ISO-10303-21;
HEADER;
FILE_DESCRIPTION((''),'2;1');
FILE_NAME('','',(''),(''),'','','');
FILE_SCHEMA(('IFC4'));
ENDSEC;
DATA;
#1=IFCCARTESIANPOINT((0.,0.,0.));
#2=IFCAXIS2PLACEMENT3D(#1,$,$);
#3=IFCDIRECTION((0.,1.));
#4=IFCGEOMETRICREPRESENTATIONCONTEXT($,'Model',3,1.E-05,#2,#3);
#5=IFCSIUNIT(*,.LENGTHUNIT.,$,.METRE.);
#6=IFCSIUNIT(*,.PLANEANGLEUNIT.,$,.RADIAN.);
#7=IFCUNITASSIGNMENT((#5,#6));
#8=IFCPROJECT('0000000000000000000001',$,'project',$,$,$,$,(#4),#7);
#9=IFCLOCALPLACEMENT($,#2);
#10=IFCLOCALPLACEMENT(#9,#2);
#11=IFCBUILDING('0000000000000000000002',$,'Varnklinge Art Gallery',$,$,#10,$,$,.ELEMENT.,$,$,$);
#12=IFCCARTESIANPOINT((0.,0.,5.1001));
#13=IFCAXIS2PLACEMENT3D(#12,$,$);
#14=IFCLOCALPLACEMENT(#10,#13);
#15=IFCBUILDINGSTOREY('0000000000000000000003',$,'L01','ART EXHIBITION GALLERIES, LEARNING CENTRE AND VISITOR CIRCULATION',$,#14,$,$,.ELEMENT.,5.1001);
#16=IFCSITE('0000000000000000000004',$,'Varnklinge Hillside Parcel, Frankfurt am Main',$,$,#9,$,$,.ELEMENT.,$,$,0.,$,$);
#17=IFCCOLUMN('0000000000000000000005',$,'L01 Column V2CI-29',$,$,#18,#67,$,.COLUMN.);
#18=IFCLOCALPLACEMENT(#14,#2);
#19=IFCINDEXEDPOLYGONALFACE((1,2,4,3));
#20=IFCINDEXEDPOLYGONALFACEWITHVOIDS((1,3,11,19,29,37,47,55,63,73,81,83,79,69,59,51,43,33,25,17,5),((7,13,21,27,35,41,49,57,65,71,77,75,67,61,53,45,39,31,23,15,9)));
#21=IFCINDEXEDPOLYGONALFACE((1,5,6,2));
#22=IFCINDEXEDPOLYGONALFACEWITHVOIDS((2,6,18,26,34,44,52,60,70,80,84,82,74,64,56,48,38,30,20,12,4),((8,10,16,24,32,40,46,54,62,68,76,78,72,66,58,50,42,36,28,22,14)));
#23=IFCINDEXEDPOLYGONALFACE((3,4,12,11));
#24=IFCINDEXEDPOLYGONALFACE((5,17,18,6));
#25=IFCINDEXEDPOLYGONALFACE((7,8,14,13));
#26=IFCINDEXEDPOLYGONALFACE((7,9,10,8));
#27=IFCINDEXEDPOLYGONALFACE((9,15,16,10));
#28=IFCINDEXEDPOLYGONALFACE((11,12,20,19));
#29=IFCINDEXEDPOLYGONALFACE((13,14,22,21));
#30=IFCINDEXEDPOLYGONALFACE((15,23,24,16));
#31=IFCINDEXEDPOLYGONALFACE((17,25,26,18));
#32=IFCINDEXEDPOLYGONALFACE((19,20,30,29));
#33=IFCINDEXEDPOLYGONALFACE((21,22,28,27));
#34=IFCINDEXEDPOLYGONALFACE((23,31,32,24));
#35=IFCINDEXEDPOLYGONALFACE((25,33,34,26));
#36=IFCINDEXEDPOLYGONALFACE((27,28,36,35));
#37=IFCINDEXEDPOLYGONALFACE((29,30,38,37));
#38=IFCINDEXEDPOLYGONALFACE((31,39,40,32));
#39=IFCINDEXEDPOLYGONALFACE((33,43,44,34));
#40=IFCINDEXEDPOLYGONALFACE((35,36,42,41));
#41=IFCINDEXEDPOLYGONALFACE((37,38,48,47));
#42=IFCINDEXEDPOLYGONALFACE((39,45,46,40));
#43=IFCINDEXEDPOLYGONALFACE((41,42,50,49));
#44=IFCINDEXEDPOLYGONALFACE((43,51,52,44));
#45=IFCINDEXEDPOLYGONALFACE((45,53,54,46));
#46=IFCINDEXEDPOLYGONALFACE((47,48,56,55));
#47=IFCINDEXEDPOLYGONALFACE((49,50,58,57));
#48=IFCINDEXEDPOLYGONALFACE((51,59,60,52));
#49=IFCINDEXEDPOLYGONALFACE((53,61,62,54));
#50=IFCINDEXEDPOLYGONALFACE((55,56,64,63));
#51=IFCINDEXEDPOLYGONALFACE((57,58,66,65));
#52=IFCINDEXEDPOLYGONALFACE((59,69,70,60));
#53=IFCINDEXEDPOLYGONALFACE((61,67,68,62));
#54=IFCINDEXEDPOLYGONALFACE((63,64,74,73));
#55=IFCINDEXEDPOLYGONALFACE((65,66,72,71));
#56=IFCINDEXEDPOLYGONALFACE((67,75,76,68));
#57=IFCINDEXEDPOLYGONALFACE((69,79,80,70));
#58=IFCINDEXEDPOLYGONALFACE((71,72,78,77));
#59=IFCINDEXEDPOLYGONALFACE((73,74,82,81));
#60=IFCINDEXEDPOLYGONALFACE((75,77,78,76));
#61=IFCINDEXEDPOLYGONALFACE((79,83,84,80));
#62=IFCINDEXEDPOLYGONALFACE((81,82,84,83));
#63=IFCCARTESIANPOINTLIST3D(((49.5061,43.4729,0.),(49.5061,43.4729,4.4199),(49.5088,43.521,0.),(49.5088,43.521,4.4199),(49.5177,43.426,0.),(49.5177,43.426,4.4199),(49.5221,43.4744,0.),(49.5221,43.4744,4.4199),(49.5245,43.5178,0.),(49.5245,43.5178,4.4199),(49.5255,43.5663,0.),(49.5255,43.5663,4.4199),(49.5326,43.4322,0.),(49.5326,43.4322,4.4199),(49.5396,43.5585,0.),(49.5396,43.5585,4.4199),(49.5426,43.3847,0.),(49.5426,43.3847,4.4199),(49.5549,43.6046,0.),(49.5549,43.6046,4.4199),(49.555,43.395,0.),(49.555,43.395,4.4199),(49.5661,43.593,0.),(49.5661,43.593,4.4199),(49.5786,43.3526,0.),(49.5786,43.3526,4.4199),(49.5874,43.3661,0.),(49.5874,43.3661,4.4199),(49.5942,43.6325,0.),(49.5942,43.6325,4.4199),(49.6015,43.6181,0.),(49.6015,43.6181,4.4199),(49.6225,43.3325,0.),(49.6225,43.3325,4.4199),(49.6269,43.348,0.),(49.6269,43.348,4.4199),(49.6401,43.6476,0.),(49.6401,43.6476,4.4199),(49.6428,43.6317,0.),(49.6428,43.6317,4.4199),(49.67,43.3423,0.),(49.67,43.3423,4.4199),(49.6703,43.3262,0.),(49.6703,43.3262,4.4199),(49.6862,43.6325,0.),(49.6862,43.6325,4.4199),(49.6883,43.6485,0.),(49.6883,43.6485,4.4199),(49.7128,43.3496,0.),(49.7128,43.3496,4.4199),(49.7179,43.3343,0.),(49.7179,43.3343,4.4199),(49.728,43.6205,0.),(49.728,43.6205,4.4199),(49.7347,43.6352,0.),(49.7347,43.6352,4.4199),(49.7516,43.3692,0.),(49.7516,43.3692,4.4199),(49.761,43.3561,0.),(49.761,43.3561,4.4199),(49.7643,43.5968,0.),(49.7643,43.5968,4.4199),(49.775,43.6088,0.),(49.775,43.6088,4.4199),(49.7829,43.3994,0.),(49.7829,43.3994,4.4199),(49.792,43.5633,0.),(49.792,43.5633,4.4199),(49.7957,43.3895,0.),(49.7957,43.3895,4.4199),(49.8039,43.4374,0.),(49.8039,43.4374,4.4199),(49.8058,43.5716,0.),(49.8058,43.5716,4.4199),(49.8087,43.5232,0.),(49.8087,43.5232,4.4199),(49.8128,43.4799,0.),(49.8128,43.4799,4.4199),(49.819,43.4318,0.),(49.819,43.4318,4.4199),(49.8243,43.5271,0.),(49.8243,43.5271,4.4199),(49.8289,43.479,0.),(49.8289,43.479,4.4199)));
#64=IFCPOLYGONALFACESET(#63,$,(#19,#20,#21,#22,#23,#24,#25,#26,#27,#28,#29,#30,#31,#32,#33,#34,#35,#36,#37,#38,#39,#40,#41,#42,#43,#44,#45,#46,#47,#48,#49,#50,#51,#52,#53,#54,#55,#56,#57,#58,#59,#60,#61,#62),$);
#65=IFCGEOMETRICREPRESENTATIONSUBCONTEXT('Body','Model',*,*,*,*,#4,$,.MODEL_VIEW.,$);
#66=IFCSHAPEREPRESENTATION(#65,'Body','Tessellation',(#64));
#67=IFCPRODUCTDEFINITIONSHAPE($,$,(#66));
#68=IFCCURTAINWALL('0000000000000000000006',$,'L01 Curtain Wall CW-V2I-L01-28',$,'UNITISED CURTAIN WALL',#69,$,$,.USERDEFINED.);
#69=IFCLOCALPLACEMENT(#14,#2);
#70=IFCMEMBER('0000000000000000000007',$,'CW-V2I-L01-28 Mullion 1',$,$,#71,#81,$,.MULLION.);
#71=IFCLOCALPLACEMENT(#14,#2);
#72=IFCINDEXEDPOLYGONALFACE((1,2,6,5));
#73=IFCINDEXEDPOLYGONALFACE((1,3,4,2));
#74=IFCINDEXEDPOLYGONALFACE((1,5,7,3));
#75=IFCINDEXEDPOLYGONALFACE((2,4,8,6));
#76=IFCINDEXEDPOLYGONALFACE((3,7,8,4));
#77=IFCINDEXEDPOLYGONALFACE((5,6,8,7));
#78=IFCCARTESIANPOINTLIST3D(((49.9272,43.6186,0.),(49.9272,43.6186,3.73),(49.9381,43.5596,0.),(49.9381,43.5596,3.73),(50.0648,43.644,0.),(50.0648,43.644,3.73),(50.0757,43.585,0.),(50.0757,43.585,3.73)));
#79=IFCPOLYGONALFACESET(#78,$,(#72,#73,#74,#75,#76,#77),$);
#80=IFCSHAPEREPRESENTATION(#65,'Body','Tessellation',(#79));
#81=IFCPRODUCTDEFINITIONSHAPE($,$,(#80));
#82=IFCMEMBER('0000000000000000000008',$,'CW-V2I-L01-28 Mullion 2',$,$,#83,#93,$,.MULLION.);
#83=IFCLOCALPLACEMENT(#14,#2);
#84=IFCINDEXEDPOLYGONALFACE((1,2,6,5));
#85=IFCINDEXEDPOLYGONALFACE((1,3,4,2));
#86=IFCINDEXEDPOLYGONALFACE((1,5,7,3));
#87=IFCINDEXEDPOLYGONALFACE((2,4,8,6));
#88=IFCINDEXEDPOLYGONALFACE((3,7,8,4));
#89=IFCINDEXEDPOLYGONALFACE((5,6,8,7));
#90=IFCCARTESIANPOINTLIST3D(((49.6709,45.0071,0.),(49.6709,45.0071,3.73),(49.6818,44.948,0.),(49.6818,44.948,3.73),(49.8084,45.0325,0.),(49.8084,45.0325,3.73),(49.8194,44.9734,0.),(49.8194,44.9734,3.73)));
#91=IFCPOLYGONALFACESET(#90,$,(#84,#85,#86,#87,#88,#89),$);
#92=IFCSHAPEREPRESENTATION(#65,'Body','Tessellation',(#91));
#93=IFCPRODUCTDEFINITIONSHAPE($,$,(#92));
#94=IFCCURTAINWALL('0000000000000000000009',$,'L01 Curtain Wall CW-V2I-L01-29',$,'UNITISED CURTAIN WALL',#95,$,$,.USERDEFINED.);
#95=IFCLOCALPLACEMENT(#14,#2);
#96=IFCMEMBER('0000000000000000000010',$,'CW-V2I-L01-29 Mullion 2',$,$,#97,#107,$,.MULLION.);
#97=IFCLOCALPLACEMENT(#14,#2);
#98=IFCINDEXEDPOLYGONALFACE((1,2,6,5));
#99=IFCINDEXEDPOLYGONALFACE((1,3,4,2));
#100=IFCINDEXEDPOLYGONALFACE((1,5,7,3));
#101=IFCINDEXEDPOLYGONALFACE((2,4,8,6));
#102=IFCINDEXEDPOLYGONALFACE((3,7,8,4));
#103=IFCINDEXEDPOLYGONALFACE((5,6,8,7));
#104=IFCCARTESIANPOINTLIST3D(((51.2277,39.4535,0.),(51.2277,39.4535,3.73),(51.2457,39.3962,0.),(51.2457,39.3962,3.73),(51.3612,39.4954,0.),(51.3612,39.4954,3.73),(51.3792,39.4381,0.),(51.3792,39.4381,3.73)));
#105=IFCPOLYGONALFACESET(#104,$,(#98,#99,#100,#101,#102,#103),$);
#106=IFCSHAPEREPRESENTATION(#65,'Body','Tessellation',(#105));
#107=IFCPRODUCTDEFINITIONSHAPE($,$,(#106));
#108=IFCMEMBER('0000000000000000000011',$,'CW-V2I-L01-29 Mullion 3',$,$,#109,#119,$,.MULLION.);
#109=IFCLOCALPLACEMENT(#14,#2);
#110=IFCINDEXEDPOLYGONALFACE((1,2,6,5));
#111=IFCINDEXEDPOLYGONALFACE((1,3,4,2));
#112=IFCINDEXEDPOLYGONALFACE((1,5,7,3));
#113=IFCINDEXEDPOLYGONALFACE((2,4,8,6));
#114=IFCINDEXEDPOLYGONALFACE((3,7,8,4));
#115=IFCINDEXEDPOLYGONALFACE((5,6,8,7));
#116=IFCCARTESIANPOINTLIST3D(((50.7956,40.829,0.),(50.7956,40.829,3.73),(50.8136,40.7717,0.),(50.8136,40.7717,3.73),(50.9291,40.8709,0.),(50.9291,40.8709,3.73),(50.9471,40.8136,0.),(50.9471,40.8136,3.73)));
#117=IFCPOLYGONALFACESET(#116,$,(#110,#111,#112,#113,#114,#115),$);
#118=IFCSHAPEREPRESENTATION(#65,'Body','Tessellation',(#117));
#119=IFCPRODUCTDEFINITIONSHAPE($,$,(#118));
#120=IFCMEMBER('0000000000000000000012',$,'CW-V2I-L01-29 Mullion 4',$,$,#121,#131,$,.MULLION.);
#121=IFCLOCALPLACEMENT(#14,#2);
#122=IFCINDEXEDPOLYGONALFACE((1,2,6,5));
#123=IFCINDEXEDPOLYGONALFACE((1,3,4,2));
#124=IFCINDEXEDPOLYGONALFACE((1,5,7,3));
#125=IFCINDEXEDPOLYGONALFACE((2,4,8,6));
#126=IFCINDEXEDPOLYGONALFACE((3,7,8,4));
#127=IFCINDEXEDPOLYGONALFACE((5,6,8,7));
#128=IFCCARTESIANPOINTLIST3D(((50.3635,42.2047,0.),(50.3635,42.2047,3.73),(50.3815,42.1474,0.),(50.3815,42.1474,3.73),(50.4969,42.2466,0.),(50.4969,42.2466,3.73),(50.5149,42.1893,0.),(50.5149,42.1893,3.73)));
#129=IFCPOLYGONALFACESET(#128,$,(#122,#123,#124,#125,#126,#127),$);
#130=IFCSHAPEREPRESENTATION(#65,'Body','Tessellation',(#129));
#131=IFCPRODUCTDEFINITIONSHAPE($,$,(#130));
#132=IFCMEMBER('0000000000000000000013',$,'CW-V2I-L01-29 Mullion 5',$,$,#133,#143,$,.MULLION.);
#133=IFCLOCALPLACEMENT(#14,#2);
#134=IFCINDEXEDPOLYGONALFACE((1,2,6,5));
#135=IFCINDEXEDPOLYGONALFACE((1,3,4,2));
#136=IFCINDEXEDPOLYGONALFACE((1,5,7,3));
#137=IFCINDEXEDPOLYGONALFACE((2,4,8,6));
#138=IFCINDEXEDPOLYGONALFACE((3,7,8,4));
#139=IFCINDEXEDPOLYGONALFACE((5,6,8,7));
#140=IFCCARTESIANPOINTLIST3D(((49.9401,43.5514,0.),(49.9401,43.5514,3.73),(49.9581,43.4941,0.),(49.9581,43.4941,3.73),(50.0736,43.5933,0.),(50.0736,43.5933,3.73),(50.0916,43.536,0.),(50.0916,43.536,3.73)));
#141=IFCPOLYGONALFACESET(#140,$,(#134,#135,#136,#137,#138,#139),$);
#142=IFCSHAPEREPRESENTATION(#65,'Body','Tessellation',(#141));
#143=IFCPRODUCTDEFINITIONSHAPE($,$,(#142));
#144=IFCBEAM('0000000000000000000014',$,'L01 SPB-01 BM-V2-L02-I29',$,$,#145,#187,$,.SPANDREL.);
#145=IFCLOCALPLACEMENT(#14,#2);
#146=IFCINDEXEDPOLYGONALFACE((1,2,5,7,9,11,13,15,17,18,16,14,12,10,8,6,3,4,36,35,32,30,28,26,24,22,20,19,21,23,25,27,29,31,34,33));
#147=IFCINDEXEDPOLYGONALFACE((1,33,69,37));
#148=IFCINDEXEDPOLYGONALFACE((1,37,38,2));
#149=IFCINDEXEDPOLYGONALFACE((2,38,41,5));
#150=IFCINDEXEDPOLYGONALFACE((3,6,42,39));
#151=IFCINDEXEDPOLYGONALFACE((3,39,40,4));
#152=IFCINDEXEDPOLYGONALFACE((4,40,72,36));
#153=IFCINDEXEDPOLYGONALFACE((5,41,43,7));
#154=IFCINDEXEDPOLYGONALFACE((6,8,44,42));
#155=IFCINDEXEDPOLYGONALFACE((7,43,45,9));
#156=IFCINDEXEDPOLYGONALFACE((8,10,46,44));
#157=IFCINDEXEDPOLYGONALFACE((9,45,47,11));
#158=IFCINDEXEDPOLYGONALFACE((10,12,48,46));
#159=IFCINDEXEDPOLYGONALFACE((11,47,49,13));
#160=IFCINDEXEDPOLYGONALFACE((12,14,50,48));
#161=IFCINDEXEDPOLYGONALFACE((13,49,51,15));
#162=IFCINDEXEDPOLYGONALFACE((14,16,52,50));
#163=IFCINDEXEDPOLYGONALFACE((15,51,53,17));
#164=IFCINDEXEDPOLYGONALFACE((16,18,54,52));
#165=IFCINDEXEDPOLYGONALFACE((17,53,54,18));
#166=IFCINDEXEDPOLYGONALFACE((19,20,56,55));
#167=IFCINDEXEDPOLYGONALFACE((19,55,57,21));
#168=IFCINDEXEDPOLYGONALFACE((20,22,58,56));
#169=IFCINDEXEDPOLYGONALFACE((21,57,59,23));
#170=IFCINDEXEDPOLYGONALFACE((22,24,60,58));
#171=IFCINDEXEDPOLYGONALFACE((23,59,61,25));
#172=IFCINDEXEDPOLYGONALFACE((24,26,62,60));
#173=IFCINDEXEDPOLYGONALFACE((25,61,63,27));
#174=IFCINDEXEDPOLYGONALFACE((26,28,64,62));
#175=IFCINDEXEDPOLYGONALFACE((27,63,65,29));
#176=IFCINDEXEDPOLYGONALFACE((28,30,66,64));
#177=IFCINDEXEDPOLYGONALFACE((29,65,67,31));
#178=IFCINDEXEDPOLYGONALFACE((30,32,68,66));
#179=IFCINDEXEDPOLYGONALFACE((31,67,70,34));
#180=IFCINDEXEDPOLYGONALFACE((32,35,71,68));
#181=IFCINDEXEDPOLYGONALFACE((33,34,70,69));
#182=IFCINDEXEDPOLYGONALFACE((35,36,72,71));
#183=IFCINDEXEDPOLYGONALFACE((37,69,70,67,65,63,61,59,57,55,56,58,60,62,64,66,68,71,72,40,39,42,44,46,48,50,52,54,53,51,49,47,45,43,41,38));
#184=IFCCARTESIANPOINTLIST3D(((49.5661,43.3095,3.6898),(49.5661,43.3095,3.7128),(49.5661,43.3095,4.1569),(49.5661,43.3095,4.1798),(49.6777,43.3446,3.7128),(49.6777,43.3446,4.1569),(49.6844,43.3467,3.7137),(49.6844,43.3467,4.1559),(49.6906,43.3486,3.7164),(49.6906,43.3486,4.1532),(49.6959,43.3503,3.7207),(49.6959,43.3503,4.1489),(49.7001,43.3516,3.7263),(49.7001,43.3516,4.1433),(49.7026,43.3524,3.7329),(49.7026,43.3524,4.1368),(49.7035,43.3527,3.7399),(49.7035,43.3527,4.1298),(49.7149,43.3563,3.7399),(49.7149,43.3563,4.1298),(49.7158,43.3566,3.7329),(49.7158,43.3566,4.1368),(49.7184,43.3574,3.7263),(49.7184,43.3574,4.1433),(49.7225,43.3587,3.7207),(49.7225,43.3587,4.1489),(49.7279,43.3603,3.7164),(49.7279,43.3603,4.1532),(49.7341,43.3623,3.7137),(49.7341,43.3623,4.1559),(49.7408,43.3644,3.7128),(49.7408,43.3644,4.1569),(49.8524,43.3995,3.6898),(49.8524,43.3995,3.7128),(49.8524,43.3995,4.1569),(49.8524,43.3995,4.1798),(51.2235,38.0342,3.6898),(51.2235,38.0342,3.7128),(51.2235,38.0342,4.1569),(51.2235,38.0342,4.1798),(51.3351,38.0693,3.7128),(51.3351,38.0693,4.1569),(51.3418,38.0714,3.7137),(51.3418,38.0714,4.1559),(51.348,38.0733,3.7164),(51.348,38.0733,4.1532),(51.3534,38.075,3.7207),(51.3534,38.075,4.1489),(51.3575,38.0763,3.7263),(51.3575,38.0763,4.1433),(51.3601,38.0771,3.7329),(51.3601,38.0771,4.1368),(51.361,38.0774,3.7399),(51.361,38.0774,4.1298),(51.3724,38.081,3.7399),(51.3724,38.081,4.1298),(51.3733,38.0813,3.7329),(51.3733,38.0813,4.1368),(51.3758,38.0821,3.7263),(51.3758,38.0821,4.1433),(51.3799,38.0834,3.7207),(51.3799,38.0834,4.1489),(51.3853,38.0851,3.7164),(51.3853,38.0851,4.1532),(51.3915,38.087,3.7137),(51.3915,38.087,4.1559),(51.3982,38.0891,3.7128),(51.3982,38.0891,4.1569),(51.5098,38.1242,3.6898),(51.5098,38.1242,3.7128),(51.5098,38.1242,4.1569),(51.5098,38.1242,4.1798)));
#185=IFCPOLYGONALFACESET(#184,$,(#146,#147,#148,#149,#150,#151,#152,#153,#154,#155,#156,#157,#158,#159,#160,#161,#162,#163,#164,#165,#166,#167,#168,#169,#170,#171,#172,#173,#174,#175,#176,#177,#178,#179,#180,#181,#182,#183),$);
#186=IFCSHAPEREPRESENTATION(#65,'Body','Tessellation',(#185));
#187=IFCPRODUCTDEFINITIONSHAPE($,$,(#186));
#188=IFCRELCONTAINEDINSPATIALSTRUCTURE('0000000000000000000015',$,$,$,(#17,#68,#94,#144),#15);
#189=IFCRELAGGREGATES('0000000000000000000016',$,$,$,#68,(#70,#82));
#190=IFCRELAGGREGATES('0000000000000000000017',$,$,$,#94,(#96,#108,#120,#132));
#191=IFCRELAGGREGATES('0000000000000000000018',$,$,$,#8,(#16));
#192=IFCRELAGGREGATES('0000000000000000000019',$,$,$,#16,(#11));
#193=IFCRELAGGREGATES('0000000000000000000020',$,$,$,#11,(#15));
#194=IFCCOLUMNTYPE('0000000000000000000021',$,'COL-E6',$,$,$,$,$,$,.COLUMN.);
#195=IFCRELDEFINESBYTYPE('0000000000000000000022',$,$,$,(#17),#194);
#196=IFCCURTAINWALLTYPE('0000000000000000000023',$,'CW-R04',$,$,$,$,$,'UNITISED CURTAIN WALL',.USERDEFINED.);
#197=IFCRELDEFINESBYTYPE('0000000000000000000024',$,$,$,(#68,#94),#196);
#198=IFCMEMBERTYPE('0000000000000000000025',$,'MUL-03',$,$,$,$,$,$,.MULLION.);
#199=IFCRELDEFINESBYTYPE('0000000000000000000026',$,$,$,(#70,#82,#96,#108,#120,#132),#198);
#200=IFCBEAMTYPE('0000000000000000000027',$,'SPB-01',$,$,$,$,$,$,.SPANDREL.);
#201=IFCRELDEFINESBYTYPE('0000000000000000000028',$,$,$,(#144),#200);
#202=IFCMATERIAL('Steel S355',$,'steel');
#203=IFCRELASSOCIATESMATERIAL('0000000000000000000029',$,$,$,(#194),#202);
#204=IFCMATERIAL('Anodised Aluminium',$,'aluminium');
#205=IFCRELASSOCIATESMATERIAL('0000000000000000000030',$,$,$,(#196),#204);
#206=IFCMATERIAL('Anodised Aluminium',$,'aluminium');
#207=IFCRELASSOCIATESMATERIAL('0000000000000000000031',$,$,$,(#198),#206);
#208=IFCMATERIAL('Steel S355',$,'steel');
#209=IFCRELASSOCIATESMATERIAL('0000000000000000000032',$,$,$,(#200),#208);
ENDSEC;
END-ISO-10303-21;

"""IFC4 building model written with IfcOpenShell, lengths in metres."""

from ifc_helpers import new_model, si_unit, direction, frame, origin, origin_2d, place, context, subcontext, project, spatial, rectangle, hollow_circle, i_section, extrude, material, material_profile, profile_set, type_object, element, aggregate, save


model = new_model("IFC4")

# Units and contexts
model_context = context("Model", 3, precision=1e-05, world=origin(), true_north=direction((0.0, 1.0)))
body_context = subcontext(model_context, "Body", "Model", "MODEL_VIEW")
ifc_project = project(units=[si_unit("LENGTHUNIT", "METRE"), si_unit("PLANEANGLEUNIT", "RADIAN")], contexts=[model_context])

# Site, building, storey
site_placement = place(None, origin())
site = spatial("IfcSite", under=ifc_project, at=site_placement, Name="Varnklinge Hillside Parcel, Frankfurt am Main", CompositionType="ELEMENT", RefElevation=0.0)
building_placement = place(site_placement, origin())
building = spatial("IfcBuilding", under=site, at=building_placement, Name="Varnklinge Art Gallery", CompositionType="ELEMENT")
storey_placement = place(building_placement, frame((0.0, 0.0, 5.1001)))
storey = spatial("IfcBuildingStorey", under=building, at=storey_placement, Name="L01", Description="ART EXHIBITION GALLERIES, LEARNING CENTRE AND VISITOR CIRCULATION", CompositionType="ELEMENT", Elevation=5.1001)

# Column
ifc_material_1 = material(Name="Steel S355", Category="steel")
ifc_material_profile_1 = material_profile(ifc_material_1, hollow_circle(Radius=0.1619, WallThickness=0.0161, at=origin_2d()), Name="CHS 323.9x16")
ifc_profile_set_1 = profile_set([ifc_material_profile_1], Name="Steel S355")
column_type = type_object("IfcColumnType", Name="COL-E6", PredefinedType="COLUMN", material=ifc_profile_set_1)
column_placement = place(storey_placement, frame((49.6672, 43.488, 0.0), z_axis=(0.0, 0.0, 1.0), x_axis=(0.970506, 0.241075, 0.0)))
element("IfcColumn", 1, at=column_placement, inside=storey, type_object=column_type, Name="L01 Column V2CI-29", PredefinedType="COLUMN", context=body_context, shape_type="SweptSolid", body=[
    extrude(hollow_circle(Radius=0.1619, WallThickness=0.0161, at=origin_2d()), origin(), (0.0, 0.0, 1.0), 4.4199),
])

# Curtain walls, members
ifc_material_2 = material(Name="Anodised Aluminium", Category="aluminium")
curtain_wall_type = type_object("IfcCurtainWallType", Name="CW-R04", ElementType="UNITISED CURTAIN WALL", PredefinedType="USERDEFINED", material=ifc_material_2)
curtain_wall_1_placement = place(storey_placement, origin())
curtain_wall_1 = element("IfcCurtainWall", 2, at=curtain_wall_1_placement, inside=storey, type_object=curtain_wall_type, Name="L01 Curtain Wall CW-V2I-L01-28", ObjectType="UNITISED CURTAIN WALL", PredefinedType="USERDEFINED")
ifc_material_3 = material(Name="Anodised Aluminium", Category="aluminium")
ifc_material_profile_2 = material_profile(ifc_material_3, rectangle(XDim=0.0601, YDim=0.1399, at=origin_2d()), Name="ALU 60x140")
ifc_profile_set_2 = profile_set([ifc_material_profile_2], Name="Anodised Aluminium")
member_type_1 = type_object("IfcMemberType", Name="MUL-03", PredefinedType="MULLION", material=ifc_profile_set_2)
member_1_placement = place(storey_placement, frame((50.0015, 43.6018, 0.0), z_axis=(0.0, 0.0, 1.0), x_axis=(-0.181549, 0.983382, 0.0)))
member_1 = element("IfcMember", 3, at=member_1_placement, type_object=member_type_1, Name="CW-V2I-L01-28 Mullion 1", PredefinedType="MULLION", context=body_context, shape_type="SweptSolid", body=[
    extrude(rectangle(XDim=0.0601, YDim=0.1399, at=origin_2d()), origin(), (0.0, 0.0, 1.0), 3.73),
])
member_2_placement = place(storey_placement, frame((49.7451, 44.9902, 0.0), z_axis=(0.0, 0.0, 1.0), x_axis=(-0.181549, 0.983382, 0.0)))
member_2 = element("IfcMember", 4, at=member_2_placement, type_object=member_type_1, Name="CW-V2I-L01-28 Mullion 2", PredefinedType="MULLION", context=body_context, shape_type="SweptSolid", body=[
    extrude(rectangle(XDim=0.0601, YDim=0.1399, at=origin_2d()), origin(), (0.0, 0.0, 1.0), 3.73),
])
curtain_wall_2_placement = place(storey_placement, origin())
curtain_wall_2 = element("IfcCurtainWall", 5, at=curtain_wall_2_placement, inside=storey, type_object=curtain_wall_type, Name="L01 Curtain Wall CW-V2I-L01-29", ObjectType="UNITISED CURTAIN WALL", PredefinedType="USERDEFINED")
member_3_placement = place(storey_placement, frame((51.3035, 39.4458, 0.0), z_axis=(0.0, 0.0, 1.0), x_axis=(-0.299707, 0.954031, 0.0)))
member_3 = element("IfcMember", 6, at=member_3_placement, type_object=member_type_1, Name="CW-V2I-L01-29 Mullion 2", PredefinedType="MULLION", context=body_context, shape_type="SweptSolid", body=[
    extrude(rectangle(XDim=0.0601, YDim=0.1399, at=origin_2d()), origin(), (0.0, 0.0, 1.0), 3.73),
])
member_4_placement = place(storey_placement, frame((50.8713, 40.8213, 0.0), z_axis=(0.0, 0.0, 1.0), x_axis=(-0.299707, 0.954031, 0.0)))
member_4 = element("IfcMember", 7, at=member_4_placement, type_object=member_type_1, Name="CW-V2I-L01-29 Mullion 3", PredefinedType="MULLION", context=body_context, shape_type="SweptSolid", body=[
    extrude(rectangle(XDim=0.0601, YDim=0.1399, at=origin_2d()), origin(), (0.0, 0.0, 1.0), 3.73),
])
member_5_placement = place(storey_placement, frame((50.4392, 42.197, 0.0), z_axis=(0.0, 0.0, 1.0), x_axis=(-0.299707, 0.954031, 0.0)))
member_5 = element("IfcMember", 8, at=member_5_placement, type_object=member_type_1, Name="CW-V2I-L01-29 Mullion 4", PredefinedType="MULLION", context=body_context, shape_type="SweptSolid", body=[
    extrude(rectangle(XDim=0.0601, YDim=0.1399, at=origin_2d()), origin(), (0.0, 0.0, 1.0), 3.73),
])
member_6_placement = place(storey_placement, frame((50.0159, 43.5437, 0.0), z_axis=(0.0, 0.0, 1.0), x_axis=(-0.299707, 0.954031, 0.0)))
member_6 = element("IfcMember", 9, at=member_6_placement, type_object=member_type_1, Name="CW-V2I-L01-29 Mullion 5", PredefinedType="MULLION", context=body_context, shape_type="SweptSolid", body=[
    extrude(rectangle(XDim=0.0601, YDim=0.1399, at=origin_2d()), origin(), (0.0, 0.0, 1.0), 3.73),
])

# Beam
ifc_material_4 = material(Name="Steel S355", Category="steel")
ifc_material_profile_3 = material_profile(ifc_material_4, i_section(OverallWidth=0.3, OverallDepth=0.49, WebThickness=0.012, FlangeThickness=0.0229, FilletRadius=0.0271, at=origin_2d()), Name="HEA 500")
ifc_profile_set_3 = profile_set([ifc_material_profile_3], Name="Steel S355")
beam_type = type_object("IfcBeamType", Name="SPB-01", PredefinedType="SPANDREL", material=ifc_profile_set_3)
beam_placement = place(storey_placement, frame((49.7092, 43.3545, 3.9348), z_axis=(0.299743, -0.95402, 0.0), x_axis=(0.95402, 0.299743, 0.0)))
element("IfcBeam", 10, at=beam_placement, inside=storey, type_object=beam_type, Name="L01 SPB-01 BM-V2-L02-I29", PredefinedType="SPANDREL", context=body_context, shape_type="SweptSolid", body=[
    extrude(i_section(OverallWidth=0.3, OverallDepth=0.49, WebThickness=0.012, FlangeThickness=0.0229, FilletRadius=0.0271, at=origin_2d()), origin(), (0.0, 0.0, 1.0), 5.5295),
])

aggregate(curtain_wall_1, [member_1, member_2])
aggregate(curtain_wall_2, [member_3, member_4, member_5, member_6])

save(model, "model.ifc")
